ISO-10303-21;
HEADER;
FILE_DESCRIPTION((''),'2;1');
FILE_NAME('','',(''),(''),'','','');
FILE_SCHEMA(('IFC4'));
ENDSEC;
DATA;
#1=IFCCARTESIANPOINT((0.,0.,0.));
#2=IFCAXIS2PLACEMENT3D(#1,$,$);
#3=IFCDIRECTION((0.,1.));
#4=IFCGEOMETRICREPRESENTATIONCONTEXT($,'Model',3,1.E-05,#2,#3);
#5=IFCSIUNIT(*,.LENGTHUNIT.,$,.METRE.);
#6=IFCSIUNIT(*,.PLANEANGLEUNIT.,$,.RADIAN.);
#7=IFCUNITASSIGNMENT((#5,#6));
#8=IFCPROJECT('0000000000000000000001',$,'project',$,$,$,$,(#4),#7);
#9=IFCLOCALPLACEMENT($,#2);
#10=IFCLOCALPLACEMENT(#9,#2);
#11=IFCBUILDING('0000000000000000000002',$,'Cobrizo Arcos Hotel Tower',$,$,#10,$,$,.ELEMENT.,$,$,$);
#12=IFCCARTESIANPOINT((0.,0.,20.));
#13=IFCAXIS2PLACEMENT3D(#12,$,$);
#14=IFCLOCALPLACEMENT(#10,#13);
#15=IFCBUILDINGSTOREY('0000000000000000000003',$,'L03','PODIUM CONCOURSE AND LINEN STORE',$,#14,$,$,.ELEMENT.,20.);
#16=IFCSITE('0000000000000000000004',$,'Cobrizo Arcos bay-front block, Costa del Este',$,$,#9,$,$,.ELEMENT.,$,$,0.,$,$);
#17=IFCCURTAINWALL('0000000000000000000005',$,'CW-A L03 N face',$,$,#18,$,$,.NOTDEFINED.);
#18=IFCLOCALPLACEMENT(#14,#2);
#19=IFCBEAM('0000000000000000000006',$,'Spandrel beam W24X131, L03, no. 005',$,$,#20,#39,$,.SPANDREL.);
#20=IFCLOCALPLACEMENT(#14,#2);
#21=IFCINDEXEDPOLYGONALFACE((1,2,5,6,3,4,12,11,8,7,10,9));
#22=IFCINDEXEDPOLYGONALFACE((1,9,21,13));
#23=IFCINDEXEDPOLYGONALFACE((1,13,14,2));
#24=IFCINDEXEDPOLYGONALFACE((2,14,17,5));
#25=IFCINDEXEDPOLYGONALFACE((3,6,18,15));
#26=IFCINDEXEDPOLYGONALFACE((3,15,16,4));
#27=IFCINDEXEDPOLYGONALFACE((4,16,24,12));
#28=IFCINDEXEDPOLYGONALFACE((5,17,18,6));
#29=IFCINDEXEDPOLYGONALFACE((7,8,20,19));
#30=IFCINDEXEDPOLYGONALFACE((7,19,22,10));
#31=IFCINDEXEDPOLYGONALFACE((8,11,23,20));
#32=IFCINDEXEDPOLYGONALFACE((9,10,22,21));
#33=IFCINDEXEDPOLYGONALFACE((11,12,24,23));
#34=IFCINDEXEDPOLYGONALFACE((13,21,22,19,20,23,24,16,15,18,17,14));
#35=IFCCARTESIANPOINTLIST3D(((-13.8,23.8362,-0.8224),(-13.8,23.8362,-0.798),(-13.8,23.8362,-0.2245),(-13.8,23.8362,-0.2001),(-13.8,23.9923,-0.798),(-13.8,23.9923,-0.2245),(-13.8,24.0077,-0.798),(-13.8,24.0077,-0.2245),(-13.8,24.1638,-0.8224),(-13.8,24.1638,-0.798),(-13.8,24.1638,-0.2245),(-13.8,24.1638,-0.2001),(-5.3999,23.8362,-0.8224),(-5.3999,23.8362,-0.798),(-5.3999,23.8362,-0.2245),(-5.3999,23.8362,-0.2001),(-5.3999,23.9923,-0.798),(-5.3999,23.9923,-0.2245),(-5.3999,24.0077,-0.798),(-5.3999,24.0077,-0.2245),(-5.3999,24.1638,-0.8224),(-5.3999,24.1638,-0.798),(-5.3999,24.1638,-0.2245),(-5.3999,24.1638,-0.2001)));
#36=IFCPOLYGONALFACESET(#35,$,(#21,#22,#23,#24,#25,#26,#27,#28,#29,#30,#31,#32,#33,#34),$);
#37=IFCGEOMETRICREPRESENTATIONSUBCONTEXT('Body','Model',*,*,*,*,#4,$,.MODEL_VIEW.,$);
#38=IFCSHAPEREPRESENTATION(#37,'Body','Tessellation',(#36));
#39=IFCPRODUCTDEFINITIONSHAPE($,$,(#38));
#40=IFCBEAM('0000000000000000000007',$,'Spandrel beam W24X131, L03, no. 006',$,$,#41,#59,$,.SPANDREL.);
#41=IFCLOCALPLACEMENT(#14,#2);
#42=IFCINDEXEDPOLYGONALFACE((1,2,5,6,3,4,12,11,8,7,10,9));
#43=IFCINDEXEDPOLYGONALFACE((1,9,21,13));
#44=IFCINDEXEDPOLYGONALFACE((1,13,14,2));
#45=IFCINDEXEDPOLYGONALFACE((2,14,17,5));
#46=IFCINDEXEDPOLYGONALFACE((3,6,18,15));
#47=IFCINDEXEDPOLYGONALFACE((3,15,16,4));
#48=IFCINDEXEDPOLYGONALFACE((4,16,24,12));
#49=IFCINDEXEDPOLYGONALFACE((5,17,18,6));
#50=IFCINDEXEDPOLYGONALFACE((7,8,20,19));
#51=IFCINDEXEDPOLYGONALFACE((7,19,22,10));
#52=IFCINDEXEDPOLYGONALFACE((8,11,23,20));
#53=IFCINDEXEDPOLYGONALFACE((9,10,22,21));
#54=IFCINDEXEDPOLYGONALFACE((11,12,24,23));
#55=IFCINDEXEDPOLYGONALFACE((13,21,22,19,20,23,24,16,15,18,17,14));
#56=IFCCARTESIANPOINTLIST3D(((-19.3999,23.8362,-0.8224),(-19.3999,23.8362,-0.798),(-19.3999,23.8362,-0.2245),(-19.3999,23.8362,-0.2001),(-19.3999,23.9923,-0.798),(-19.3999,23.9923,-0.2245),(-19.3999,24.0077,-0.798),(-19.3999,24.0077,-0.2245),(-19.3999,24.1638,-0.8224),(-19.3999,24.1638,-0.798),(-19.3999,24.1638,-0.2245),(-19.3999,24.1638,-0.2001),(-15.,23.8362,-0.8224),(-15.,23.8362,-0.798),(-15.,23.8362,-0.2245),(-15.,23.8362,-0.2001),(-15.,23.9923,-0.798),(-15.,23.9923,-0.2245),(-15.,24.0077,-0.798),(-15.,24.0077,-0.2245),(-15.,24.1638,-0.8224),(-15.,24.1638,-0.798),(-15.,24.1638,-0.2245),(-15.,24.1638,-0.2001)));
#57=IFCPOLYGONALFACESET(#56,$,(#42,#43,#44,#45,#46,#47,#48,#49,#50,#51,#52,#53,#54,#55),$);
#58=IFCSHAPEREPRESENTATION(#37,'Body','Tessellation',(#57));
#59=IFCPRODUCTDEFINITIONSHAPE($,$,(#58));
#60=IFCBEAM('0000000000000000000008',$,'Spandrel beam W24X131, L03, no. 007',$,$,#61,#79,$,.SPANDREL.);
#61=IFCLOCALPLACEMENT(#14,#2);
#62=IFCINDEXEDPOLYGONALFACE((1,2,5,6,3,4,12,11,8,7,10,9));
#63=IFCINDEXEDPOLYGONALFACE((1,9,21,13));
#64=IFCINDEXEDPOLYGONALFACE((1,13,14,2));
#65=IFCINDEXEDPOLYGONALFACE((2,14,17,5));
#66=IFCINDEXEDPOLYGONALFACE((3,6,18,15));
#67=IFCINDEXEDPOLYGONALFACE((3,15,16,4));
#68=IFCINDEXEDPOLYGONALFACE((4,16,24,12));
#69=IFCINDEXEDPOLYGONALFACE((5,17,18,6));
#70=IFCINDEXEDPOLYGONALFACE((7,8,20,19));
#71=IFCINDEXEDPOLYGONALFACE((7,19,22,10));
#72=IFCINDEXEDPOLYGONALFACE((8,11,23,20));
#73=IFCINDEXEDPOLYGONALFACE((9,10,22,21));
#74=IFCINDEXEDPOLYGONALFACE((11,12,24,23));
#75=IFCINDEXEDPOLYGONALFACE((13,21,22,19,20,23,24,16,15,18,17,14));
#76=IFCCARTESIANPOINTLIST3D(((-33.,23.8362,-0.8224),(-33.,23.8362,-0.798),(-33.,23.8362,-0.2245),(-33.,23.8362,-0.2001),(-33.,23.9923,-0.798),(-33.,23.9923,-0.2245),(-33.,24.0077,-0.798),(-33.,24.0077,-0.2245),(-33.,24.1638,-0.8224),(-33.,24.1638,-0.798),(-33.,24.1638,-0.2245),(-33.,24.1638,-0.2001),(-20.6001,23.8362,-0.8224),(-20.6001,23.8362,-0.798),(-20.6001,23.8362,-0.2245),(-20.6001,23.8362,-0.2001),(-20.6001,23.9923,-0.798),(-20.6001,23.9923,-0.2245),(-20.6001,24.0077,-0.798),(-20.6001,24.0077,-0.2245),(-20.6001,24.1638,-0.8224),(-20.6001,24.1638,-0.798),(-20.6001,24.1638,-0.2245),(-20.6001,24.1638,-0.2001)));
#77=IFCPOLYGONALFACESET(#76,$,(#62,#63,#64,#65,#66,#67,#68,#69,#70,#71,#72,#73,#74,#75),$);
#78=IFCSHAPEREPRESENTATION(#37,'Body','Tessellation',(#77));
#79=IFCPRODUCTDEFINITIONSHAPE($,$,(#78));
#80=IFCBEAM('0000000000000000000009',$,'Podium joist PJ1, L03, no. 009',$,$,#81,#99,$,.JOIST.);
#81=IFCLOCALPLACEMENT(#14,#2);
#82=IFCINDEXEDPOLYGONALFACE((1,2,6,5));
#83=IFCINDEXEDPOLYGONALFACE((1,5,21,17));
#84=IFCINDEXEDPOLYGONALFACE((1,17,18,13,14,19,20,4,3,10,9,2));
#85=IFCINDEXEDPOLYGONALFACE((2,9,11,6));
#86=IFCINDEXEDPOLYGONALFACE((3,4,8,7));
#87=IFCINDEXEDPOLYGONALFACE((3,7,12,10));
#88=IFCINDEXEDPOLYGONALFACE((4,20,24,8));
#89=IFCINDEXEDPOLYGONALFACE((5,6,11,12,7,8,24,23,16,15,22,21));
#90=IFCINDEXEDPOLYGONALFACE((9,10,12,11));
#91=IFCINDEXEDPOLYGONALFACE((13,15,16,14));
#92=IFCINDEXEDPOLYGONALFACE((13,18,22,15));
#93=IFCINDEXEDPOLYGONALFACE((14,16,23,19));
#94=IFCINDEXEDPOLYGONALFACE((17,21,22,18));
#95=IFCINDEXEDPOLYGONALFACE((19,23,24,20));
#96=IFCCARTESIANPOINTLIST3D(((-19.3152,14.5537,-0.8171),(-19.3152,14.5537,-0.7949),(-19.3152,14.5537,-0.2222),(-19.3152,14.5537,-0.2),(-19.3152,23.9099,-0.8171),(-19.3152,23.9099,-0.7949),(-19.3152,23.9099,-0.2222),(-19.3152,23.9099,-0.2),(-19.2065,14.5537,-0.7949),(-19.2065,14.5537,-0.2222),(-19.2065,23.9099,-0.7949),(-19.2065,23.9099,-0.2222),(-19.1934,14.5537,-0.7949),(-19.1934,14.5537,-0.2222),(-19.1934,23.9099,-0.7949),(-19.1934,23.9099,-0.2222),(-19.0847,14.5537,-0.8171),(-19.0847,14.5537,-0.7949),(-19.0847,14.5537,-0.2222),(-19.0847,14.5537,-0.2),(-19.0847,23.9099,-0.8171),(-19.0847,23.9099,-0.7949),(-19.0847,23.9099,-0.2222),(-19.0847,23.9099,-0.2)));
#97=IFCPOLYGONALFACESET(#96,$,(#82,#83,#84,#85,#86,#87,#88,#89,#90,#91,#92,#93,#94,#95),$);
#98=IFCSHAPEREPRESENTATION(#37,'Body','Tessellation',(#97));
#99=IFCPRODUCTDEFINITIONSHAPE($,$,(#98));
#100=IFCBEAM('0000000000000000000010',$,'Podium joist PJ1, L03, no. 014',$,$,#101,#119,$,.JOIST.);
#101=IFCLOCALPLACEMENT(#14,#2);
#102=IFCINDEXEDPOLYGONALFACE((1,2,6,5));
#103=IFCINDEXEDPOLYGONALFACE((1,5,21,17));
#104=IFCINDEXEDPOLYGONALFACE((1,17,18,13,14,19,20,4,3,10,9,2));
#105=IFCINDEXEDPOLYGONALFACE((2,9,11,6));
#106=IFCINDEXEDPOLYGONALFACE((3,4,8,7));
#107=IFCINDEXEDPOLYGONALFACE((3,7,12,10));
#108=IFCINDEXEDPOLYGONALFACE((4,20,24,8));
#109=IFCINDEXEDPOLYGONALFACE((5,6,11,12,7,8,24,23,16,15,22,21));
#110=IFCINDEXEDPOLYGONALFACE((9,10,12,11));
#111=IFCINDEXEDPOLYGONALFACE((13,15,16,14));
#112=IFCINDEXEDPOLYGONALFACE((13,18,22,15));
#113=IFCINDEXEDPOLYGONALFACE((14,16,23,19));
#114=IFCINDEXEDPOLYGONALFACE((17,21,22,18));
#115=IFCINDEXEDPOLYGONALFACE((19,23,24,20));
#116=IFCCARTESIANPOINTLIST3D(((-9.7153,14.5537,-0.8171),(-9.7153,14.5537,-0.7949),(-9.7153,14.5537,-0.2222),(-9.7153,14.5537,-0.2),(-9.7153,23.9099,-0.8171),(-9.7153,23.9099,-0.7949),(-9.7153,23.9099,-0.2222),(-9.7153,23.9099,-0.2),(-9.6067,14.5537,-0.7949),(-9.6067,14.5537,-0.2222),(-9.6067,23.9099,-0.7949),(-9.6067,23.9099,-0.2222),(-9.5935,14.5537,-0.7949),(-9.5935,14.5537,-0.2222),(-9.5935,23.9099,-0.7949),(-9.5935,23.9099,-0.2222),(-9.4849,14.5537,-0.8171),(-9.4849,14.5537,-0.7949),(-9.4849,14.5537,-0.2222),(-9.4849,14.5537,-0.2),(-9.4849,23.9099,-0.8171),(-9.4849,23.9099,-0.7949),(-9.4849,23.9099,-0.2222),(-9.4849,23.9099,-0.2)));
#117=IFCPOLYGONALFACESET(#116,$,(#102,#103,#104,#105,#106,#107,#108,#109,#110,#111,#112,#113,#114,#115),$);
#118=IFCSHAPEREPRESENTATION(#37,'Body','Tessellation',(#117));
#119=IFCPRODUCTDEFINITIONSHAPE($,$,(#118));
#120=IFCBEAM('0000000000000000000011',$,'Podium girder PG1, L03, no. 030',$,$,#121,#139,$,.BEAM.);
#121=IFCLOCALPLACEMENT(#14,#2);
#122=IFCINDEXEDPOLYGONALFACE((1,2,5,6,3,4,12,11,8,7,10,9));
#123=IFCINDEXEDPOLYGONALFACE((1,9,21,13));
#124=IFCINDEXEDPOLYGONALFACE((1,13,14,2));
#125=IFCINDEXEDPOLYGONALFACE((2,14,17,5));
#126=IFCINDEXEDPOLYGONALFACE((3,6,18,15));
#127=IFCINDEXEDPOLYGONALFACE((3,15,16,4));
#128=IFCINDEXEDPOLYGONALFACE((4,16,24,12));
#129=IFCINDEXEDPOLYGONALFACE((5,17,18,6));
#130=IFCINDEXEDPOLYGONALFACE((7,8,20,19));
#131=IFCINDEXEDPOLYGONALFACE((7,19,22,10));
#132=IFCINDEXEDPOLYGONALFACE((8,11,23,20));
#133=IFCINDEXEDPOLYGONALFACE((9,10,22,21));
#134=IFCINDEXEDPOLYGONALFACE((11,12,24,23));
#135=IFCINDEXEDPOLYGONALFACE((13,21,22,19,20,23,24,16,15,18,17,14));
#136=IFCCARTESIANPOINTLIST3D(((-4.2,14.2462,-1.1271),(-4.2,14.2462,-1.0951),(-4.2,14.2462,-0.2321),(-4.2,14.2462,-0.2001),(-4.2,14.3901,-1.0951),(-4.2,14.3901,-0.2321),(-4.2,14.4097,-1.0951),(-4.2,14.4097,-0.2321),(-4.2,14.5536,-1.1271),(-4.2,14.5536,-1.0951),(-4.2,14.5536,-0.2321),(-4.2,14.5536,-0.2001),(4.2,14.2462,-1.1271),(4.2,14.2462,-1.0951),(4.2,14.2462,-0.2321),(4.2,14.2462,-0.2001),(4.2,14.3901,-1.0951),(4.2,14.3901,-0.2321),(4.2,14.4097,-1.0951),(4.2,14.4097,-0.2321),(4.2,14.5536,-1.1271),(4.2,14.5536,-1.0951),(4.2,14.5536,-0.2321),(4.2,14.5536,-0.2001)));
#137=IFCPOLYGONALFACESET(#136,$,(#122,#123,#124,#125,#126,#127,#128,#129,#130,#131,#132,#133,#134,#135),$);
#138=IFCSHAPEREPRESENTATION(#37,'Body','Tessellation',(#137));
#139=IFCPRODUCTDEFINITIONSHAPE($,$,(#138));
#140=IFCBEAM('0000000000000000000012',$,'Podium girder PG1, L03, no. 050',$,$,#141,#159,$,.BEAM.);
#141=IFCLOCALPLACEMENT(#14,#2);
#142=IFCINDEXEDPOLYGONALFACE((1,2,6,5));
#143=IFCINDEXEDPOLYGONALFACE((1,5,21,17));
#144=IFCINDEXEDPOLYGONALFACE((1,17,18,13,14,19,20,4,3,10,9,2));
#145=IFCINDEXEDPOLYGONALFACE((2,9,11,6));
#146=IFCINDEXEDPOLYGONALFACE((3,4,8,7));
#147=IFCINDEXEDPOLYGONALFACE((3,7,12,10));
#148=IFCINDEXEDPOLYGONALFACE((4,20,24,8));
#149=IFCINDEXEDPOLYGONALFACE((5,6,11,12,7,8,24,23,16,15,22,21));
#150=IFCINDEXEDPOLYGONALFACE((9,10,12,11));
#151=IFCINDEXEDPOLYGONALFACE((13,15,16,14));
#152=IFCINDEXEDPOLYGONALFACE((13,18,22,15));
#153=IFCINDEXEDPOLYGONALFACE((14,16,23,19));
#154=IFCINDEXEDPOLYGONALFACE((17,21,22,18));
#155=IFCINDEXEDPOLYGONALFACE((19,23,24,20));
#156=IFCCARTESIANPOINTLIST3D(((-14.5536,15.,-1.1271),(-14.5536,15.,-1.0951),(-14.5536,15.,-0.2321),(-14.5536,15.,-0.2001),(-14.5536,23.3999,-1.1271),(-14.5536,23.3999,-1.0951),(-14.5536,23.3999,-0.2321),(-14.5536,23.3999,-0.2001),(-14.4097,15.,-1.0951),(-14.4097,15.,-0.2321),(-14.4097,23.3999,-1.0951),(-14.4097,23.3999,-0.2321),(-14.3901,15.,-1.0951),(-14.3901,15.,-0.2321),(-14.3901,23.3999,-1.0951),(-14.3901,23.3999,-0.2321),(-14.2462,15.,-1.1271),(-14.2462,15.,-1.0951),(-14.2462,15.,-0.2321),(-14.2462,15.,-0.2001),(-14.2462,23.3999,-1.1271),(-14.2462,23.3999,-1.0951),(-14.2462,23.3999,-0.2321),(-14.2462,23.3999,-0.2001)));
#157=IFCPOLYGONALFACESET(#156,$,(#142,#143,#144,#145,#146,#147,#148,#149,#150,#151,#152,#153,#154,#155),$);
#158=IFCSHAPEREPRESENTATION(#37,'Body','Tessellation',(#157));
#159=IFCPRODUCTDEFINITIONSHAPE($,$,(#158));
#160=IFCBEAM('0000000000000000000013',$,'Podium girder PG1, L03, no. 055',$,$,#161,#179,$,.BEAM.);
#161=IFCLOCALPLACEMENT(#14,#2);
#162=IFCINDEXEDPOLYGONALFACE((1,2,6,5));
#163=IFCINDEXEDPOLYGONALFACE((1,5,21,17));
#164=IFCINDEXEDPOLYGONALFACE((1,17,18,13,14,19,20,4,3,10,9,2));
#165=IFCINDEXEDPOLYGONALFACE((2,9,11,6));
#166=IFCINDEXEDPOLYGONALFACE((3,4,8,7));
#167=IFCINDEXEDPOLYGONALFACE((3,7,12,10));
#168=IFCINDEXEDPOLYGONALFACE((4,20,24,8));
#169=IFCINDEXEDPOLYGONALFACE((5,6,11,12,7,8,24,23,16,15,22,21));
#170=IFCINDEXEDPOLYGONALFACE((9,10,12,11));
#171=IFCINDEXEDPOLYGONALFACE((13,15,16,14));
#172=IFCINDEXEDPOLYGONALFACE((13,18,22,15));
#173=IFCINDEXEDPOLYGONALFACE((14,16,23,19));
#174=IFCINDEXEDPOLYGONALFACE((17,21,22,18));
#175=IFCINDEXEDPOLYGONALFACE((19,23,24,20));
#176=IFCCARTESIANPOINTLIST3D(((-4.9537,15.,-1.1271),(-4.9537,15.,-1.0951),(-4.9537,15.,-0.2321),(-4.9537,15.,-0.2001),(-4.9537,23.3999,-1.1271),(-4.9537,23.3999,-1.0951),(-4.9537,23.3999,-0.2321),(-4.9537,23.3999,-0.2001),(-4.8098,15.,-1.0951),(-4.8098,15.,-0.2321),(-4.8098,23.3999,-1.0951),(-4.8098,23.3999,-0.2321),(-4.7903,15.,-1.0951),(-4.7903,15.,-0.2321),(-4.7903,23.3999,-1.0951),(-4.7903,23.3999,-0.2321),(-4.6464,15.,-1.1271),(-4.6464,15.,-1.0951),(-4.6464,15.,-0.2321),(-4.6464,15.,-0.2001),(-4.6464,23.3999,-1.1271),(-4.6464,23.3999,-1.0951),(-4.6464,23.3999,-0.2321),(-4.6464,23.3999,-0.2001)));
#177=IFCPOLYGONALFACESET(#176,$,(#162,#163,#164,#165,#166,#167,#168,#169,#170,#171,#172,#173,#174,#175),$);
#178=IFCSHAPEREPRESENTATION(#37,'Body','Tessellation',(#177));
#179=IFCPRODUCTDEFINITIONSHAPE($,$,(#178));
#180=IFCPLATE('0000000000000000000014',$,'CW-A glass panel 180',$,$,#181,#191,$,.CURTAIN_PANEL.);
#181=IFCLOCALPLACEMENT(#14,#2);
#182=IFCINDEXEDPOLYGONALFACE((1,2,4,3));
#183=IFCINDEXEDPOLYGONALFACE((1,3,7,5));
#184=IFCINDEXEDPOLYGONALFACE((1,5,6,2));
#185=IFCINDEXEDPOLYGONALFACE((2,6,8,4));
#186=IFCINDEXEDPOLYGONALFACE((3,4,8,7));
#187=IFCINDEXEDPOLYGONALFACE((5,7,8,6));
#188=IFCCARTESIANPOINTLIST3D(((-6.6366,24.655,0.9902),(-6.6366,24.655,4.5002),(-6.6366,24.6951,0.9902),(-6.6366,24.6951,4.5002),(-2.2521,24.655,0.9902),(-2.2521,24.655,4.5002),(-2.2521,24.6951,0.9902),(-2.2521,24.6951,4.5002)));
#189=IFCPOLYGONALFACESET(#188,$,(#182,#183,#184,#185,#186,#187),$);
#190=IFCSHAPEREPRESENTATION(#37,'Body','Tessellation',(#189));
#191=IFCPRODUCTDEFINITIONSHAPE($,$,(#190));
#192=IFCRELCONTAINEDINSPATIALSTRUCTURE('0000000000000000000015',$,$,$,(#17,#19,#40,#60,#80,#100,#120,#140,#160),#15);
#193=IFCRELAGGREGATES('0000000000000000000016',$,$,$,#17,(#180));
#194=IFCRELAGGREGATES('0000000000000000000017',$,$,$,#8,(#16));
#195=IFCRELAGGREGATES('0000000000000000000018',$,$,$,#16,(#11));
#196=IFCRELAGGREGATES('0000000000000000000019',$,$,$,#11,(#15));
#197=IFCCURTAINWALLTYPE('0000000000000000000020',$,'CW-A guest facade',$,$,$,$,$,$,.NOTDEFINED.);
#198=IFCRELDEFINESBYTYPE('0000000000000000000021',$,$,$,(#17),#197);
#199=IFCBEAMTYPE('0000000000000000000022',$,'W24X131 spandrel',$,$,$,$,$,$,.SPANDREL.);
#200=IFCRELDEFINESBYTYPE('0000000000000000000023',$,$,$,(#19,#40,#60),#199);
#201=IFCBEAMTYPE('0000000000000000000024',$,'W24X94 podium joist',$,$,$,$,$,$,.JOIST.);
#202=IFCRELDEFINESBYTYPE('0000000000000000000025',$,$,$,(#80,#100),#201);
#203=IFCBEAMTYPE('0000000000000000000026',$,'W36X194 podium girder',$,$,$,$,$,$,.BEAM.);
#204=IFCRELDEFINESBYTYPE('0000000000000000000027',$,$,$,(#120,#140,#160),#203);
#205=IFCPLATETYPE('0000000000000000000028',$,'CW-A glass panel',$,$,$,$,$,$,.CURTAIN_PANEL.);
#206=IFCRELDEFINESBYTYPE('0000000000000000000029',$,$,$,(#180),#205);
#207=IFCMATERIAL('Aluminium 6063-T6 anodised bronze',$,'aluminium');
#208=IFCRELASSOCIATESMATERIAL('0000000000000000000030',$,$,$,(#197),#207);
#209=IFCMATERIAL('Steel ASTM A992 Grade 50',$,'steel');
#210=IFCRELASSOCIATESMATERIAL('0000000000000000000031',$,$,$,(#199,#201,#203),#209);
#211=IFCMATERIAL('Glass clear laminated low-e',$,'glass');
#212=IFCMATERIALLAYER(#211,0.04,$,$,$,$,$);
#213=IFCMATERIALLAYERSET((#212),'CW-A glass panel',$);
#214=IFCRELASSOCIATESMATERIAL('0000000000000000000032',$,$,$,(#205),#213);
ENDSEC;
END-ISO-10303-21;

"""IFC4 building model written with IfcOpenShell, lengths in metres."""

from ifc_helpers import new_model, si_unit, direction, frame, origin, origin_2d, place, context, subcontext, project, spatial, rectangle, i_section, extrude, material, layer, layer_set, material_profile, profile_set, type_object, element, aggregate, save


model = new_model("IFC4")

# Units and contexts
model_context = context("Model", 3, precision=1e-05, world=origin(), true_north=direction((0.0, 1.0)))
body_context = subcontext(model_context, "Body", "Model", "MODEL_VIEW")
ifc_project = project(units=[si_unit("LENGTHUNIT", "METRE"), si_unit("PLANEANGLEUNIT", "RADIAN")], contexts=[model_context])

# Site, building, storey
site_placement = place(None, origin())
site = spatial("IfcSite", under=ifc_project, at=site_placement, Name="Cobrizo Arcos bay-front block, Costa del Este", CompositionType="ELEMENT", RefElevation=0.0)
building_placement = place(site_placement, origin())
building = spatial("IfcBuilding", under=site, at=building_placement, Name="Cobrizo Arcos Hotel Tower", CompositionType="ELEMENT")
storey_placement = place(building_placement, frame((0.0, 0.0, 20.0)))
storey = spatial("IfcBuildingStorey", under=building, at=storey_placement, Name="L03", Description="PODIUM CONCOURSE AND LINEN STORE", CompositionType="ELEMENT", Elevation=20.0)

# Curtain wall
ifc_material_1 = material(Name="Aluminium 6063-T6 anodised bronze", Category="aluminium")
curtain_wall_type = type_object("IfcCurtainWallType", Name="CW-A guest facade", PredefinedType="NOTDEFINED", material=ifc_material_1)
curtain_wall_placement = place(storey_placement, origin())
curtain_wall = element("IfcCurtainWall", 1, at=curtain_wall_placement, inside=storey, type_object=curtain_wall_type, Name="CW-A L03 N face", PredefinedType="NOTDEFINED")

# Beams
ifc_material_2 = material(Name="Steel ASTM A992 Grade 50", Category="steel")
ifc_material_profile_1 = material_profile(ifc_material_2, i_section(OverallWidth=0.3276, OverallDepth=0.6223, WebThickness=0.0154, FlangeThickness=0.0244, at=origin_2d()), Name="W24X131")
ifc_profile_set_1 = profile_set([ifc_material_profile_1], Name="Steel ASTM A992 Grade 50")
beam_type_1 = type_object("IfcBeamType", Name="W24X131 spandrel", PredefinedType="SPANDREL", material=ifc_profile_set_1)
beam_1_placement = place(storey_placement, frame((-5.3999, 24.0, -0.5112), z_axis=(-1.0, 0.0, 0.0), x_axis=(0.0, -1.0, 0.0)))
element("IfcBeam", 2, at=beam_1_placement, inside=storey, type_object=beam_type_1, Name="Spandrel beam W24X131, L03, no. 005", PredefinedType="SPANDREL", context=body_context, shape_type="SweptSolid", body=[
    extrude(i_section(OverallWidth=0.3276, OverallDepth=0.6223, WebThickness=0.0154, FlangeThickness=0.0244, at=origin_2d()), origin(), (0.0, 0.0, 1.0), 8.4001),
])
beam_2_placement = place(storey_placement, frame((-15.0, 24.0, -0.5112), z_axis=(-1.0, 0.0, 0.0), x_axis=(0.0, -1.0, 0.0)))
element("IfcBeam", 3, at=beam_2_placement, inside=storey, type_object=beam_type_1, Name="Spandrel beam W24X131, L03, no. 006", PredefinedType="SPANDREL", context=body_context, shape_type="SweptSolid", body=[
    extrude(i_section(OverallWidth=0.3276, OverallDepth=0.6223, WebThickness=0.0154, FlangeThickness=0.0244, at=origin_2d()), origin(), (0.0, 0.0, 1.0), 4.3999),
])
beam_3_placement = place(storey_placement, frame((-20.6001, 24.0, -0.5112), z_axis=(-1.0, 0.0, 0.0), x_axis=(0.0, -1.0, 0.0)))
element("IfcBeam", 4, at=beam_3_placement, inside=storey, type_object=beam_type_1, Name="Spandrel beam W24X131, L03, no. 007", PredefinedType="SPANDREL", context=body_context, shape_type="SweptSolid", body=[
    extrude(i_section(OverallWidth=0.3276, OverallDepth=0.6223, WebThickness=0.0154, FlangeThickness=0.0244, at=origin_2d()), origin(), (0.0, 0.0, 1.0), 12.3999),
])
ifc_material_profile_2 = material_profile(ifc_material_2, i_section(OverallWidth=0.2305, OverallDepth=0.6172, WebThickness=0.0132, FlangeThickness=0.0222, at=origin_2d()), Name="W24X94")
ifc_profile_set_2 = profile_set([ifc_material_profile_2], Name="Steel ASTM A992 Grade 50")
beam_type_2 = type_object("IfcBeamType", Name="W24X94 podium joist", PredefinedType="JOIST", material=ifc_profile_set_2)
for number, where, z_axis, x_axis, name in (
    (5, (-19.2, 14.5537, -0.5085), (0.0, 1.0, 0.0), (-1.0, 0.0, 0.0), "Podium joist PJ1, L03, no. 009"),
    (6, (-9.6001, 14.5537, -0.5085), (0.0, 1.0, 0.0), (-1.0, 0.0, 0.0), "Podium joist PJ1, L03, no. 014"),
):
    element("IfcBeam", number, at=place(storey_placement, frame(where, z_axis=z_axis, x_axis=x_axis)), inside=storey, type_object=beam_type_2, Name=name, PredefinedType="JOIST", context=body_context, shape_type="SweptSolid", body=[
        extrude(i_section(OverallWidth=0.2305, OverallDepth=0.6172, WebThickness=0.0132, FlangeThickness=0.0222, at=origin_2d()), origin(), (0.0, 0.0, 1.0), 9.3562),
    ])
ifc_material_profile_3 = material_profile(ifc_material_2, i_section(OverallWidth=0.3074, OverallDepth=0.927, WebThickness=0.0195, FlangeThickness=0.032, at=origin_2d()), Name="W36X194")
ifc_profile_set_3 = profile_set([ifc_material_profile_3], Name="Steel ASTM A992 Grade 50")
beam_type_3 = type_object("IfcBeamType", Name="W36X194 podium girder", PredefinedType="BEAM", material=ifc_profile_set_3)
for number, where, z_axis, x_axis, name in (
    (7, (-4.2, 14.3999, -0.6636), (1.0, 0.0, 0.0), (0.0, 1.0, 0.0), "Podium girder PG1, L03, no. 030"),
    (8, (-14.3999, 15.0, -0.6636), (0.0, 1.0, 0.0), (-1.0, 0.0, 0.0), "Podium girder PG1, L03, no. 050"),
    (9, (-4.8, 15.0, -0.6636), (0.0, 1.0, 0.0), (-1.0, 0.0, 0.0), "Podium girder PG1, L03, no. 055"),
):
    element("IfcBeam", number, at=place(storey_placement, frame(where, z_axis=z_axis, x_axis=x_axis)), inside=storey, type_object=beam_type_3, Name=name, PredefinedType="BEAM", context=body_context, shape_type="SweptSolid", body=[
        extrude(i_section(OverallWidth=0.3074, OverallDepth=0.927, WebThickness=0.0195, FlangeThickness=0.032, at=origin_2d()), origin(), (0.0, 0.0, 1.0), 8.3999),
    ])

# Plate
ifc_material_3 = material(Name="Glass clear laminated low-e", Category="glass")
ifc_layer_1 = layer(ifc_material_3, 0.04)
ifc_layer_set_1 = layer_set([ifc_layer_1], Name="CW-A glass panel")
plate_type_1 = type_object("IfcPlateType", Name="CW-A glass panel", PredefinedType="CURTAIN_PANEL", material=ifc_layer_set_1)
plate_1_placement = place(storey_placement, frame((-4.4443, 24.675, 0.9902), z_axis=(0.0, 0.0, 1.0), x_axis=(-1.0, 0.0, 0.0)))
plate_1 = element("IfcPlate", 10, at=plate_1_placement, type_object=plate_type_1, Name="CW-A glass panel 180", PredefinedType="CURTAIN_PANEL", context=body_context, shape_type="SweptSolid", body=[
    extrude(rectangle(XDim=4.3845, YDim=0.04, at=origin_2d()), origin(), (0.0, 0.0, 1.0), 3.51),
])
aggregate(curtain_wall, [plate_1])

save(model, "model.ifc")
